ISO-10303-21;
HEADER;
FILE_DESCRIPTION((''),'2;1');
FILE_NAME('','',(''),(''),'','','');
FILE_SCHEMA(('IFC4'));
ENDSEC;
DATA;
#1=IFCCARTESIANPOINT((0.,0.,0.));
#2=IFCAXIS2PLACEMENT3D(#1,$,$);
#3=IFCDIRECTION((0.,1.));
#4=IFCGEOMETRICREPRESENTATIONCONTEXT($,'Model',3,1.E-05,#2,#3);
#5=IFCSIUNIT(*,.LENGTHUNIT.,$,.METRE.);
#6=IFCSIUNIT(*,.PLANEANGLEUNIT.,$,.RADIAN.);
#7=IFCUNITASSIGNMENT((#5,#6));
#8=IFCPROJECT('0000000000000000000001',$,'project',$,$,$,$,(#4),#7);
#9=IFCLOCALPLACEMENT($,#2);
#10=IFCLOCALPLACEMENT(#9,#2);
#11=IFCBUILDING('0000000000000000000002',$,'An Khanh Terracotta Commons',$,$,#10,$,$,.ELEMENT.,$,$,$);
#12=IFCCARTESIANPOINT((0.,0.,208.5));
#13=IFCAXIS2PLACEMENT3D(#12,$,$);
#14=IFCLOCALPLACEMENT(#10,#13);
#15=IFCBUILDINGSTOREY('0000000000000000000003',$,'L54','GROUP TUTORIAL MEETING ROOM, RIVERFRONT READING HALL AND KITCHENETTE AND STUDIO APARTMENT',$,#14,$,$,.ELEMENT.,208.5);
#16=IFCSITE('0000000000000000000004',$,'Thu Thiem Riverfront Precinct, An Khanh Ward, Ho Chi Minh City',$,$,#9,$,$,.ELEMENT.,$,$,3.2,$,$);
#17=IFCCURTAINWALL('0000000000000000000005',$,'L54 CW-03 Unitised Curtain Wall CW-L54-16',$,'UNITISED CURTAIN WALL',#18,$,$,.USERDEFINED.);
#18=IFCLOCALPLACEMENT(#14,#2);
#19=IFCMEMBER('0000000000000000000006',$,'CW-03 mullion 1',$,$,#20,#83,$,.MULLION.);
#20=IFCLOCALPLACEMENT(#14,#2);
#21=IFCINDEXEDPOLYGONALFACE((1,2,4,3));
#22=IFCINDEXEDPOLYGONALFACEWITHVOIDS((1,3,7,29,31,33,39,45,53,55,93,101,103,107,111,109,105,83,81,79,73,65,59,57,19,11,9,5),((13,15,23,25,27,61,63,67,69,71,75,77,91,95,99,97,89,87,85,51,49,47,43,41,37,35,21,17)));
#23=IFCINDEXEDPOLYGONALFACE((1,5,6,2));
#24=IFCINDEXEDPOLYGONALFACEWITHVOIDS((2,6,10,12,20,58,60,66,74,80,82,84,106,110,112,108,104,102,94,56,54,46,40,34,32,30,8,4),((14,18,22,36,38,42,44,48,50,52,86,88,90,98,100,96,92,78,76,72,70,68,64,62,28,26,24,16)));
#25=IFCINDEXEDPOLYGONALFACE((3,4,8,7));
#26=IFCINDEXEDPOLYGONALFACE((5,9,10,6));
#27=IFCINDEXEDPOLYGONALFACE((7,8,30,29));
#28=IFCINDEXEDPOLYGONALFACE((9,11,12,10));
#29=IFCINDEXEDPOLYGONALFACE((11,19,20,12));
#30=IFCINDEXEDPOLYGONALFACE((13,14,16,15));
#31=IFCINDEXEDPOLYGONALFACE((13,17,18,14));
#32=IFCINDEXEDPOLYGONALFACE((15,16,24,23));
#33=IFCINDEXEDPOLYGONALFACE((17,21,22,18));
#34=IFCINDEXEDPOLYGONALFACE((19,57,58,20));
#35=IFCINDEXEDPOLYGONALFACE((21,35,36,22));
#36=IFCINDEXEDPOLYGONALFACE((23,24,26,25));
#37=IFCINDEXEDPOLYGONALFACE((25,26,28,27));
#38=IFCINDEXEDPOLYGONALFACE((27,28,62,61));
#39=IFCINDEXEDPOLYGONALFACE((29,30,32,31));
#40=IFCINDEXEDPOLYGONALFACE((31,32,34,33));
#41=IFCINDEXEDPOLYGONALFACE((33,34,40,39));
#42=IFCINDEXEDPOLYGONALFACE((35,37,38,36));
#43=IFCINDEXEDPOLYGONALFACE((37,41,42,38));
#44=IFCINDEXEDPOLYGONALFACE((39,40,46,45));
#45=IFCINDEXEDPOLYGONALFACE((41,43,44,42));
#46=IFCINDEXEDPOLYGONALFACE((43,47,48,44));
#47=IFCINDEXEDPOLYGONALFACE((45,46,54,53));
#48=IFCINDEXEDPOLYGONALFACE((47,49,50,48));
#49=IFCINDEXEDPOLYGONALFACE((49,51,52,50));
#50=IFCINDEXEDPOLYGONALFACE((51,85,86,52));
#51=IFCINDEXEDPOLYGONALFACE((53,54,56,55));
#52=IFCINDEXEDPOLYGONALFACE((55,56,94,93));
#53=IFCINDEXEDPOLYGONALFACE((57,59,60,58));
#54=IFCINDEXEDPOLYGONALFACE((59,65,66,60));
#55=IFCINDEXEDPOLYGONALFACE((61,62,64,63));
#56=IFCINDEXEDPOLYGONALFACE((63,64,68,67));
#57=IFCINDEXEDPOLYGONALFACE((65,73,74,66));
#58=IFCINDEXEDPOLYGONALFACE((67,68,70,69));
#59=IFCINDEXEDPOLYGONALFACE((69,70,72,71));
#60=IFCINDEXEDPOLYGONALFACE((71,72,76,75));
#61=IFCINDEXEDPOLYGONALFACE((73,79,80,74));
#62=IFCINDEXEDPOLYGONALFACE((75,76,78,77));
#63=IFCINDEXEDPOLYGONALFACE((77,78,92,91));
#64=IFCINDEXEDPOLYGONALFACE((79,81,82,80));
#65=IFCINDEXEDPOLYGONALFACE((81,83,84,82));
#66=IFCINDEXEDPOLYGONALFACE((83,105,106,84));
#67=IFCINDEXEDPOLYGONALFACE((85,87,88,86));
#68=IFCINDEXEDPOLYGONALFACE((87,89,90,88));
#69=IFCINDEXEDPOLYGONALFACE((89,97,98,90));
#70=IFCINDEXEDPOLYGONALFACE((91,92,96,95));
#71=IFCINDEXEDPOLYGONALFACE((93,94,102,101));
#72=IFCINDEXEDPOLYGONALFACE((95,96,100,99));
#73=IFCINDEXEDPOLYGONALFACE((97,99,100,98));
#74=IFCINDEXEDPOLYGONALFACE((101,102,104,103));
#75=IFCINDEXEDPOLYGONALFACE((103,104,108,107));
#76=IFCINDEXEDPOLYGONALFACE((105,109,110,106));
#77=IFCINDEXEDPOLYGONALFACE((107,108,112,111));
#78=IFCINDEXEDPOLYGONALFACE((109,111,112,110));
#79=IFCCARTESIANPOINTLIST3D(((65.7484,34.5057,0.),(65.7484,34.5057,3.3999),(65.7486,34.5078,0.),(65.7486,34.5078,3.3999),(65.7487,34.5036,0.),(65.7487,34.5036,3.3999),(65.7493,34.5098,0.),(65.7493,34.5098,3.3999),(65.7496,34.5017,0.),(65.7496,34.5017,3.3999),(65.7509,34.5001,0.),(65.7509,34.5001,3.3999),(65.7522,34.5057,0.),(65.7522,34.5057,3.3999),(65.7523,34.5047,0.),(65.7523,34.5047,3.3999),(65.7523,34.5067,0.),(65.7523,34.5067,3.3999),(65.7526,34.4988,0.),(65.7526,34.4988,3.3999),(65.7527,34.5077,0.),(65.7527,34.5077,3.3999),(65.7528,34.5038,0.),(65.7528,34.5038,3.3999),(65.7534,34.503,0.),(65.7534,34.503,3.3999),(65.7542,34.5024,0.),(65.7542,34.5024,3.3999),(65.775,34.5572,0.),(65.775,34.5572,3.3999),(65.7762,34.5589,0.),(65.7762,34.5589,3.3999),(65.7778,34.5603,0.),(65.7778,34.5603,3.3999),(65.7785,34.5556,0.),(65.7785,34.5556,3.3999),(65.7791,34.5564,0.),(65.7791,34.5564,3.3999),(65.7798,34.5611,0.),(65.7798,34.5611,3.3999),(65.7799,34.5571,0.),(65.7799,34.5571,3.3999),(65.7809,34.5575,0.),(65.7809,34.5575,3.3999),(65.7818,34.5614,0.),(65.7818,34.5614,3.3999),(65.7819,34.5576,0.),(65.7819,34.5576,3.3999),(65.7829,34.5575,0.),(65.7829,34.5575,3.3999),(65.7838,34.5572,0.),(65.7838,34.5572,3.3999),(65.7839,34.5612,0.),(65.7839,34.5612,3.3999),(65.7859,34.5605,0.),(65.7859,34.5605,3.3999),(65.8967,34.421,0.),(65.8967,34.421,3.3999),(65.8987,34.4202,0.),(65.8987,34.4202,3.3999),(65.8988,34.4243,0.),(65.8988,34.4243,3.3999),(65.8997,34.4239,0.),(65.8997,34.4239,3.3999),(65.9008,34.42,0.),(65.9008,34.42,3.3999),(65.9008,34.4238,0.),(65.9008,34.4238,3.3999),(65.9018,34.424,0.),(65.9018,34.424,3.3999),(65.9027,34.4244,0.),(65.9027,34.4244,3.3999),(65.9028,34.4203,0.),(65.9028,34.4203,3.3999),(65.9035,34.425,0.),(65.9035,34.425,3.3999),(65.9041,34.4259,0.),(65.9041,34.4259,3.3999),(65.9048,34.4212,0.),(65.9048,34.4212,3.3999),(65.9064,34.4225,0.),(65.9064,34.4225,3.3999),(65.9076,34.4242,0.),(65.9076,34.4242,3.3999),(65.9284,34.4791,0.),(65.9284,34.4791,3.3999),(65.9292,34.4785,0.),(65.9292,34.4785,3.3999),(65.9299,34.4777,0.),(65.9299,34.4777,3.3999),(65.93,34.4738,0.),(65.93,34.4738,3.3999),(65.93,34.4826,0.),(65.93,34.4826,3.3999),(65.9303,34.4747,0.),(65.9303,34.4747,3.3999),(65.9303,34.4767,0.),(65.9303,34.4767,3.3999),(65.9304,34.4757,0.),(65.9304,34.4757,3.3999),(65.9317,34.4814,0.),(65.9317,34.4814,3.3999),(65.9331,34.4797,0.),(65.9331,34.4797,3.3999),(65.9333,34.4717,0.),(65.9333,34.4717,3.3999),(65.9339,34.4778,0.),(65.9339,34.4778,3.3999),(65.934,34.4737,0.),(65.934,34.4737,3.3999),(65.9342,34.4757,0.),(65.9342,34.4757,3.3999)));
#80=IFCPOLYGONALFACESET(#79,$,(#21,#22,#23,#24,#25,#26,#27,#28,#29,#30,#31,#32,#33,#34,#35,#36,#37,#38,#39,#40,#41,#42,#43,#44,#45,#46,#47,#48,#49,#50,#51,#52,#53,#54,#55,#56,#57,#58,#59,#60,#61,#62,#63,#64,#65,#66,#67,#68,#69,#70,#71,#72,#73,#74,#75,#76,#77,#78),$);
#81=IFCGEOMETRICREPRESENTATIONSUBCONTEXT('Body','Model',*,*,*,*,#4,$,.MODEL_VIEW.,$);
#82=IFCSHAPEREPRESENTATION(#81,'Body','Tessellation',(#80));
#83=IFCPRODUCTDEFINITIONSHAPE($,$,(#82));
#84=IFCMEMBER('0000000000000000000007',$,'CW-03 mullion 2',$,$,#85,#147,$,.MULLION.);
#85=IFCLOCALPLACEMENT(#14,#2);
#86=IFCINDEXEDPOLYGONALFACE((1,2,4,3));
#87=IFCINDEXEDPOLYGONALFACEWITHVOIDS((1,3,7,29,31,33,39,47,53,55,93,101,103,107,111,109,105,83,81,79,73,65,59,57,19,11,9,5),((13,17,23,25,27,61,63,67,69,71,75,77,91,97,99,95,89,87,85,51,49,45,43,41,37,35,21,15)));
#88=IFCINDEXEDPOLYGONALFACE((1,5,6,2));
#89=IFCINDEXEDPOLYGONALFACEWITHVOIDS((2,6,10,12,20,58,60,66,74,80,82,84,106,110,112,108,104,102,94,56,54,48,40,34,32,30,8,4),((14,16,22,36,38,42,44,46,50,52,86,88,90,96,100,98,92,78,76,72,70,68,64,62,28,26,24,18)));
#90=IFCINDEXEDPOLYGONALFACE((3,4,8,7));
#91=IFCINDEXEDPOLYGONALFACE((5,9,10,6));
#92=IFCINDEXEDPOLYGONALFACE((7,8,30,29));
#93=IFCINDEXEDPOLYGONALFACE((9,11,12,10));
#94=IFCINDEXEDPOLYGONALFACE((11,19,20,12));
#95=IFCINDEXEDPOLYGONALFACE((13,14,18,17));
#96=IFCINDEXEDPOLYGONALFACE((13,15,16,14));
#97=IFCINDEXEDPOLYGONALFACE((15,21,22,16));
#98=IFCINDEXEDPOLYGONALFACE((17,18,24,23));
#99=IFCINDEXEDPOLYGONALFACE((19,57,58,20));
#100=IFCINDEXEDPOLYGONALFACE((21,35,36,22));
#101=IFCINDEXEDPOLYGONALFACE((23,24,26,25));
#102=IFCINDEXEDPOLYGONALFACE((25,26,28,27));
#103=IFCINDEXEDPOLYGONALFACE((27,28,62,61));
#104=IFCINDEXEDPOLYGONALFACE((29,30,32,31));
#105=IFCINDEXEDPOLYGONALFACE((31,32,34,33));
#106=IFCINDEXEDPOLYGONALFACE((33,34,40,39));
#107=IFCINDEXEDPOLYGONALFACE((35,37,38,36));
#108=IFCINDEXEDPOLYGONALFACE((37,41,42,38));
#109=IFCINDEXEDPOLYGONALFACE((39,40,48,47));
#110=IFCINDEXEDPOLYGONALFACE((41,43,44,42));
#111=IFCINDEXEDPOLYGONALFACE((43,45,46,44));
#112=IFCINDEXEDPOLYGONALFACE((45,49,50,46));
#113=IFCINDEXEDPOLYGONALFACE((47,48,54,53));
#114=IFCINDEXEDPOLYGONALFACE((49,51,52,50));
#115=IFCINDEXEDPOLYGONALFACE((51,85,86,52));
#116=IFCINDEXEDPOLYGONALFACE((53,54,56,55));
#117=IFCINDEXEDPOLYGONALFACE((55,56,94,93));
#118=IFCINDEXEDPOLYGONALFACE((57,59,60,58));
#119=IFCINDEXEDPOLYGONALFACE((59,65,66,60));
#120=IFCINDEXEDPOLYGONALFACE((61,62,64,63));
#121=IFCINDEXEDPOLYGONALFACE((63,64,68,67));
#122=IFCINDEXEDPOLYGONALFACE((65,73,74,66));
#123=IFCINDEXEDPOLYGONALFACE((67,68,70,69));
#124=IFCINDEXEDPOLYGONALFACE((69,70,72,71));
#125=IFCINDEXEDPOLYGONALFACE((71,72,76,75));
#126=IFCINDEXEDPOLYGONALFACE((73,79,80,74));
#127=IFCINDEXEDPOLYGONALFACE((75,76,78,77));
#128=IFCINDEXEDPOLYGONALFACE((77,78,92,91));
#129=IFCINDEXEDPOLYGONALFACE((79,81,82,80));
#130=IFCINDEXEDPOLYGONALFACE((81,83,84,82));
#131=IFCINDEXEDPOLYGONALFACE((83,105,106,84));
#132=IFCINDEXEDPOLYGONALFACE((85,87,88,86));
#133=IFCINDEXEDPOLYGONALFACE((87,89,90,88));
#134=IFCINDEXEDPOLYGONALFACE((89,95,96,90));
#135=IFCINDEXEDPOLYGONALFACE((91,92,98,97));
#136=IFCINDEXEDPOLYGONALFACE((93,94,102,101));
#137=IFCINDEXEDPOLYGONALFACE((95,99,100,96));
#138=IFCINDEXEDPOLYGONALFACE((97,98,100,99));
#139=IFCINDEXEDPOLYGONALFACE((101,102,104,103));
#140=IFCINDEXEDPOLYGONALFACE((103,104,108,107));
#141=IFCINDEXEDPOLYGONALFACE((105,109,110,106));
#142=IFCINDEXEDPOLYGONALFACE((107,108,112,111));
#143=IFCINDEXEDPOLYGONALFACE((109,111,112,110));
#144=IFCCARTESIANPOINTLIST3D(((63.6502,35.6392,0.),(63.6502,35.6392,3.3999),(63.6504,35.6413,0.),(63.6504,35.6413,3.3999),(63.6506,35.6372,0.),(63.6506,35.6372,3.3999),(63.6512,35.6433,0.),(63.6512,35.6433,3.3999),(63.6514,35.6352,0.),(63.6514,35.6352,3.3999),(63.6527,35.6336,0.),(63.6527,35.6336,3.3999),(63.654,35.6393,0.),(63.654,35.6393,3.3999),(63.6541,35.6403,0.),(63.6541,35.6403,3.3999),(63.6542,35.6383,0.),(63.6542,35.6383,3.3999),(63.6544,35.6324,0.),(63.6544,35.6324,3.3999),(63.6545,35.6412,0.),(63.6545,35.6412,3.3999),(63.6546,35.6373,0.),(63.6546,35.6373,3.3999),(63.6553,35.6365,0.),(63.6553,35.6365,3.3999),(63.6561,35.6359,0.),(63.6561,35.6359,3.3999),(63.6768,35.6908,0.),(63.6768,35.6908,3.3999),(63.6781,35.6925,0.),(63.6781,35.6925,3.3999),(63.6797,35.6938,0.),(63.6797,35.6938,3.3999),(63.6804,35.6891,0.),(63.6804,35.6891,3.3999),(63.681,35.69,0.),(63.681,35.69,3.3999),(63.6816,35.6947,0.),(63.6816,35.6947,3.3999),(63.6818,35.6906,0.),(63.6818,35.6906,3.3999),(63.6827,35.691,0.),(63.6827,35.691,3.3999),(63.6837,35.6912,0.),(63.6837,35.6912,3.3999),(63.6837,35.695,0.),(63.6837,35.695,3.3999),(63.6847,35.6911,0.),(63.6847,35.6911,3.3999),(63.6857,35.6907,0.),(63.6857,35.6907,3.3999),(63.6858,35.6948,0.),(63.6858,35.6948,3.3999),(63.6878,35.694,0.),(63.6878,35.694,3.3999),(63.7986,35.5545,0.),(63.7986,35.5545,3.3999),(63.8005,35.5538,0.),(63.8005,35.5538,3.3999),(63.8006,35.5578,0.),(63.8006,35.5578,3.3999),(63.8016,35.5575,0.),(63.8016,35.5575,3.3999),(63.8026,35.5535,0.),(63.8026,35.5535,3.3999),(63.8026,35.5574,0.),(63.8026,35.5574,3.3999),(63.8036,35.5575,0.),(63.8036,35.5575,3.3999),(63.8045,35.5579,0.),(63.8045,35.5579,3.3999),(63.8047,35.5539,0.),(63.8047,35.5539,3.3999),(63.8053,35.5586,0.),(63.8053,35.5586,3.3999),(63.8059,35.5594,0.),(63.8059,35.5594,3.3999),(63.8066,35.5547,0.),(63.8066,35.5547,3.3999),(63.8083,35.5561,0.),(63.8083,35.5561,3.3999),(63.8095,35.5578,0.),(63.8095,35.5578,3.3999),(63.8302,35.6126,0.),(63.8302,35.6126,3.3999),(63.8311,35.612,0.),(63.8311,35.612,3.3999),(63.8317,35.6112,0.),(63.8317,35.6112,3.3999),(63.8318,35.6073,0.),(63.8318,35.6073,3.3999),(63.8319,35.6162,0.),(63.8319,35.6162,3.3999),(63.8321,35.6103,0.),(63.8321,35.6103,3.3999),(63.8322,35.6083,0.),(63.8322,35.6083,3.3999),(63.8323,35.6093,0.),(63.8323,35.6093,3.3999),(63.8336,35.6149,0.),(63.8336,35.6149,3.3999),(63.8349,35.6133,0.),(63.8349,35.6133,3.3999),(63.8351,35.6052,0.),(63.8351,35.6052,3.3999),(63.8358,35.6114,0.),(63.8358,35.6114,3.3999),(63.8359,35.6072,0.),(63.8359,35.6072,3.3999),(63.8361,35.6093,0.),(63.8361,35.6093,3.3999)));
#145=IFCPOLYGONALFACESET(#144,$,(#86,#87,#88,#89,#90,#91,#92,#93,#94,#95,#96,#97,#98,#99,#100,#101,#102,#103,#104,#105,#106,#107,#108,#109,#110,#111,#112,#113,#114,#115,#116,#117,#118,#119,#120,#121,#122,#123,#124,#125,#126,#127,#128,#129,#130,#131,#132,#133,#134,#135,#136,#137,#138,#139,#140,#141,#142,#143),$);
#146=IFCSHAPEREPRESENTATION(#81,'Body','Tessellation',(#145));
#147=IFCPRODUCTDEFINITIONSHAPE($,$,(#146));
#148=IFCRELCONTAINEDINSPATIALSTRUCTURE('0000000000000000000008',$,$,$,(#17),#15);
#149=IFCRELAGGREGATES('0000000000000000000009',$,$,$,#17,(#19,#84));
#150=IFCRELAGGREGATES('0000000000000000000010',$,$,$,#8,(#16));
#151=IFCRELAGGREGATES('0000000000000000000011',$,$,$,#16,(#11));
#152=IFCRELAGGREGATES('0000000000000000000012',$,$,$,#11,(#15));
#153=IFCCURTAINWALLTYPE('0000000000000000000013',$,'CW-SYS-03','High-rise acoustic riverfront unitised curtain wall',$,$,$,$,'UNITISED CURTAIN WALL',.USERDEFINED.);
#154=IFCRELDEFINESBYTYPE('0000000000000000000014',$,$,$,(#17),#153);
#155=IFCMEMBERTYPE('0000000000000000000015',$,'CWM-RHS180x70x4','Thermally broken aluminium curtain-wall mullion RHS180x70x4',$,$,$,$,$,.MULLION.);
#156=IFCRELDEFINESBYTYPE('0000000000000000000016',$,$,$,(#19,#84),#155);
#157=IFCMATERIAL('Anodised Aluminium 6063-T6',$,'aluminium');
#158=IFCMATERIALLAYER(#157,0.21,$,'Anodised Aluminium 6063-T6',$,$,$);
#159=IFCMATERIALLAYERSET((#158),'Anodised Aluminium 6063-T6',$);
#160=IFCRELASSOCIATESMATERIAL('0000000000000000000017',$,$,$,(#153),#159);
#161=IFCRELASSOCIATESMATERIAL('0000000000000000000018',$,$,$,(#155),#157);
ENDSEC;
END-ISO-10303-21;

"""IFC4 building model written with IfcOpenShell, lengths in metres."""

from ifc_helpers import new_model, si_unit, direction, frame, origin, origin_2d, place, context, subcontext, project, spatial, hollow_rectangle, extrude, material, layer, layer_set, material_profile, profile_set, type_object, element, aggregate, save


model = new_model("IFC4")

# Units and contexts
model_context = context("Model", 3, precision=1e-05, world=origin(), true_north=direction((0.0, 1.0)))
body_context = subcontext(model_context, "Body", "Model", "MODEL_VIEW")
ifc_project = project(units=[si_unit("LENGTHUNIT", "METRE"), si_unit("PLANEANGLEUNIT", "RADIAN")], contexts=[model_context])

# Site, building, storey
site_placement = place(None, origin())
site = spatial("IfcSite", under=ifc_project, at=site_placement, Name="Thu Thiem Riverfront Precinct, An Khanh Ward, Ho Chi Minh City", CompositionType="ELEMENT", RefElevation=3.2)
building_placement = place(site_placement, origin())
building = spatial("IfcBuilding", under=site, at=building_placement, Name="An Khanh Terracotta Commons", CompositionType="ELEMENT")
storey_placement = place(building_placement, frame((0.0, 0.0, 208.5)))
storey = spatial("IfcBuildingStorey", under=building, at=storey_placement, Name="L54", Description="GROUP TUTORIAL MEETING ROOM, RIVERFRONT READING HALL AND KITCHENETTE AND STUDIO APARTMENT", CompositionType="ELEMENT", Elevation=208.5)

# Curtain wall, members
ifc_material_1 = material(Name="Anodised Aluminium 6063-T6", Category="aluminium")
ifc_layer_1 = layer(ifc_material_1, 0.21, Name="Anodised Aluminium 6063-T6")
ifc_layer_set_1 = layer_set([ifc_layer_1], Name="Anodised Aluminium 6063-T6")
curtain_wall_type_1 = type_object("IfcCurtainWallType", Name="CW-SYS-03", Description="High-rise acoustic riverfront unitised curtain wall", ElementType="UNITISED CURTAIN WALL", PredefinedType="USERDEFINED", material=ifc_layer_set_1)
curtain_wall_1_placement = place(storey_placement, origin())
curtain_wall_1 = element("IfcCurtainWall", 1, at=curtain_wall_1_placement, inside=storey, type_object=curtain_wall_type_1, Name="L54 CW-03 Unitised Curtain Wall CW-L54-16", ObjectType="UNITISED CURTAIN WALL", PredefinedType="USERDEFINED")
ifc_material_profile_1 = material_profile(ifc_material_1, hollow_rectangle(XDim=0.0701, YDim=0.1799, WallThickness=0.0039, InnerFilletRadius=0.0039, OuterFilletRadius=0.0081, at=origin_2d()), Name="RHS180x70x4")
ifc_profile_set_1 = profile_set([ifc_material_profile_1], Name="Anodised Aluminium 6063-T6")
member_type_1 = type_object("IfcMemberType", Name="CWM-RHS180x70x4", Description="Thermally broken aluminium curtain-wall mullion RHS180x70x4", PredefinedType="MULLION", material=ifc_profile_set_1)
member_1_placement = place(storey_placement, frame((65.8413, 34.4907, 0.0), z_axis=(0.0, 0.0, 1.0), x_axis=(-0.475381, -0.87978, 0.0)))
member_1 = element("IfcMember", 2, at=member_1_placement, type_object=member_type_1, Name="CW-03 mullion 1", PredefinedType="MULLION", context=body_context, shape_type="SweptSolid", body=[
    extrude(hollow_rectangle(XDim=0.0701, YDim=0.1799, WallThickness=0.0039, InnerFilletRadius=0.0039, OuterFilletRadius=0.0081, at=origin_2d()), origin(), (0.0, 0.0, 1.0), 3.3999),
])
member_2_placement = place(storey_placement, frame((63.7432, 35.6243, 0.0), z_axis=(0.0, 0.0, 1.0), x_axis=(-0.475381, -0.87978, 0.0)))
member_2 = element("IfcMember", 3, at=member_2_placement, type_object=member_type_1, Name="CW-03 mullion 2", PredefinedType="MULLION", context=body_context, shape_type="SweptSolid", body=[
    extrude(hollow_rectangle(XDim=0.0701, YDim=0.1799, WallThickness=0.0039, InnerFilletRadius=0.0039, OuterFilletRadius=0.0081, at=origin_2d()), origin(), (0.0, 0.0, 1.0), 3.3999),
])

aggregate(curtain_wall_1, [member_1, member_2])

save(model, "model.ifc")
